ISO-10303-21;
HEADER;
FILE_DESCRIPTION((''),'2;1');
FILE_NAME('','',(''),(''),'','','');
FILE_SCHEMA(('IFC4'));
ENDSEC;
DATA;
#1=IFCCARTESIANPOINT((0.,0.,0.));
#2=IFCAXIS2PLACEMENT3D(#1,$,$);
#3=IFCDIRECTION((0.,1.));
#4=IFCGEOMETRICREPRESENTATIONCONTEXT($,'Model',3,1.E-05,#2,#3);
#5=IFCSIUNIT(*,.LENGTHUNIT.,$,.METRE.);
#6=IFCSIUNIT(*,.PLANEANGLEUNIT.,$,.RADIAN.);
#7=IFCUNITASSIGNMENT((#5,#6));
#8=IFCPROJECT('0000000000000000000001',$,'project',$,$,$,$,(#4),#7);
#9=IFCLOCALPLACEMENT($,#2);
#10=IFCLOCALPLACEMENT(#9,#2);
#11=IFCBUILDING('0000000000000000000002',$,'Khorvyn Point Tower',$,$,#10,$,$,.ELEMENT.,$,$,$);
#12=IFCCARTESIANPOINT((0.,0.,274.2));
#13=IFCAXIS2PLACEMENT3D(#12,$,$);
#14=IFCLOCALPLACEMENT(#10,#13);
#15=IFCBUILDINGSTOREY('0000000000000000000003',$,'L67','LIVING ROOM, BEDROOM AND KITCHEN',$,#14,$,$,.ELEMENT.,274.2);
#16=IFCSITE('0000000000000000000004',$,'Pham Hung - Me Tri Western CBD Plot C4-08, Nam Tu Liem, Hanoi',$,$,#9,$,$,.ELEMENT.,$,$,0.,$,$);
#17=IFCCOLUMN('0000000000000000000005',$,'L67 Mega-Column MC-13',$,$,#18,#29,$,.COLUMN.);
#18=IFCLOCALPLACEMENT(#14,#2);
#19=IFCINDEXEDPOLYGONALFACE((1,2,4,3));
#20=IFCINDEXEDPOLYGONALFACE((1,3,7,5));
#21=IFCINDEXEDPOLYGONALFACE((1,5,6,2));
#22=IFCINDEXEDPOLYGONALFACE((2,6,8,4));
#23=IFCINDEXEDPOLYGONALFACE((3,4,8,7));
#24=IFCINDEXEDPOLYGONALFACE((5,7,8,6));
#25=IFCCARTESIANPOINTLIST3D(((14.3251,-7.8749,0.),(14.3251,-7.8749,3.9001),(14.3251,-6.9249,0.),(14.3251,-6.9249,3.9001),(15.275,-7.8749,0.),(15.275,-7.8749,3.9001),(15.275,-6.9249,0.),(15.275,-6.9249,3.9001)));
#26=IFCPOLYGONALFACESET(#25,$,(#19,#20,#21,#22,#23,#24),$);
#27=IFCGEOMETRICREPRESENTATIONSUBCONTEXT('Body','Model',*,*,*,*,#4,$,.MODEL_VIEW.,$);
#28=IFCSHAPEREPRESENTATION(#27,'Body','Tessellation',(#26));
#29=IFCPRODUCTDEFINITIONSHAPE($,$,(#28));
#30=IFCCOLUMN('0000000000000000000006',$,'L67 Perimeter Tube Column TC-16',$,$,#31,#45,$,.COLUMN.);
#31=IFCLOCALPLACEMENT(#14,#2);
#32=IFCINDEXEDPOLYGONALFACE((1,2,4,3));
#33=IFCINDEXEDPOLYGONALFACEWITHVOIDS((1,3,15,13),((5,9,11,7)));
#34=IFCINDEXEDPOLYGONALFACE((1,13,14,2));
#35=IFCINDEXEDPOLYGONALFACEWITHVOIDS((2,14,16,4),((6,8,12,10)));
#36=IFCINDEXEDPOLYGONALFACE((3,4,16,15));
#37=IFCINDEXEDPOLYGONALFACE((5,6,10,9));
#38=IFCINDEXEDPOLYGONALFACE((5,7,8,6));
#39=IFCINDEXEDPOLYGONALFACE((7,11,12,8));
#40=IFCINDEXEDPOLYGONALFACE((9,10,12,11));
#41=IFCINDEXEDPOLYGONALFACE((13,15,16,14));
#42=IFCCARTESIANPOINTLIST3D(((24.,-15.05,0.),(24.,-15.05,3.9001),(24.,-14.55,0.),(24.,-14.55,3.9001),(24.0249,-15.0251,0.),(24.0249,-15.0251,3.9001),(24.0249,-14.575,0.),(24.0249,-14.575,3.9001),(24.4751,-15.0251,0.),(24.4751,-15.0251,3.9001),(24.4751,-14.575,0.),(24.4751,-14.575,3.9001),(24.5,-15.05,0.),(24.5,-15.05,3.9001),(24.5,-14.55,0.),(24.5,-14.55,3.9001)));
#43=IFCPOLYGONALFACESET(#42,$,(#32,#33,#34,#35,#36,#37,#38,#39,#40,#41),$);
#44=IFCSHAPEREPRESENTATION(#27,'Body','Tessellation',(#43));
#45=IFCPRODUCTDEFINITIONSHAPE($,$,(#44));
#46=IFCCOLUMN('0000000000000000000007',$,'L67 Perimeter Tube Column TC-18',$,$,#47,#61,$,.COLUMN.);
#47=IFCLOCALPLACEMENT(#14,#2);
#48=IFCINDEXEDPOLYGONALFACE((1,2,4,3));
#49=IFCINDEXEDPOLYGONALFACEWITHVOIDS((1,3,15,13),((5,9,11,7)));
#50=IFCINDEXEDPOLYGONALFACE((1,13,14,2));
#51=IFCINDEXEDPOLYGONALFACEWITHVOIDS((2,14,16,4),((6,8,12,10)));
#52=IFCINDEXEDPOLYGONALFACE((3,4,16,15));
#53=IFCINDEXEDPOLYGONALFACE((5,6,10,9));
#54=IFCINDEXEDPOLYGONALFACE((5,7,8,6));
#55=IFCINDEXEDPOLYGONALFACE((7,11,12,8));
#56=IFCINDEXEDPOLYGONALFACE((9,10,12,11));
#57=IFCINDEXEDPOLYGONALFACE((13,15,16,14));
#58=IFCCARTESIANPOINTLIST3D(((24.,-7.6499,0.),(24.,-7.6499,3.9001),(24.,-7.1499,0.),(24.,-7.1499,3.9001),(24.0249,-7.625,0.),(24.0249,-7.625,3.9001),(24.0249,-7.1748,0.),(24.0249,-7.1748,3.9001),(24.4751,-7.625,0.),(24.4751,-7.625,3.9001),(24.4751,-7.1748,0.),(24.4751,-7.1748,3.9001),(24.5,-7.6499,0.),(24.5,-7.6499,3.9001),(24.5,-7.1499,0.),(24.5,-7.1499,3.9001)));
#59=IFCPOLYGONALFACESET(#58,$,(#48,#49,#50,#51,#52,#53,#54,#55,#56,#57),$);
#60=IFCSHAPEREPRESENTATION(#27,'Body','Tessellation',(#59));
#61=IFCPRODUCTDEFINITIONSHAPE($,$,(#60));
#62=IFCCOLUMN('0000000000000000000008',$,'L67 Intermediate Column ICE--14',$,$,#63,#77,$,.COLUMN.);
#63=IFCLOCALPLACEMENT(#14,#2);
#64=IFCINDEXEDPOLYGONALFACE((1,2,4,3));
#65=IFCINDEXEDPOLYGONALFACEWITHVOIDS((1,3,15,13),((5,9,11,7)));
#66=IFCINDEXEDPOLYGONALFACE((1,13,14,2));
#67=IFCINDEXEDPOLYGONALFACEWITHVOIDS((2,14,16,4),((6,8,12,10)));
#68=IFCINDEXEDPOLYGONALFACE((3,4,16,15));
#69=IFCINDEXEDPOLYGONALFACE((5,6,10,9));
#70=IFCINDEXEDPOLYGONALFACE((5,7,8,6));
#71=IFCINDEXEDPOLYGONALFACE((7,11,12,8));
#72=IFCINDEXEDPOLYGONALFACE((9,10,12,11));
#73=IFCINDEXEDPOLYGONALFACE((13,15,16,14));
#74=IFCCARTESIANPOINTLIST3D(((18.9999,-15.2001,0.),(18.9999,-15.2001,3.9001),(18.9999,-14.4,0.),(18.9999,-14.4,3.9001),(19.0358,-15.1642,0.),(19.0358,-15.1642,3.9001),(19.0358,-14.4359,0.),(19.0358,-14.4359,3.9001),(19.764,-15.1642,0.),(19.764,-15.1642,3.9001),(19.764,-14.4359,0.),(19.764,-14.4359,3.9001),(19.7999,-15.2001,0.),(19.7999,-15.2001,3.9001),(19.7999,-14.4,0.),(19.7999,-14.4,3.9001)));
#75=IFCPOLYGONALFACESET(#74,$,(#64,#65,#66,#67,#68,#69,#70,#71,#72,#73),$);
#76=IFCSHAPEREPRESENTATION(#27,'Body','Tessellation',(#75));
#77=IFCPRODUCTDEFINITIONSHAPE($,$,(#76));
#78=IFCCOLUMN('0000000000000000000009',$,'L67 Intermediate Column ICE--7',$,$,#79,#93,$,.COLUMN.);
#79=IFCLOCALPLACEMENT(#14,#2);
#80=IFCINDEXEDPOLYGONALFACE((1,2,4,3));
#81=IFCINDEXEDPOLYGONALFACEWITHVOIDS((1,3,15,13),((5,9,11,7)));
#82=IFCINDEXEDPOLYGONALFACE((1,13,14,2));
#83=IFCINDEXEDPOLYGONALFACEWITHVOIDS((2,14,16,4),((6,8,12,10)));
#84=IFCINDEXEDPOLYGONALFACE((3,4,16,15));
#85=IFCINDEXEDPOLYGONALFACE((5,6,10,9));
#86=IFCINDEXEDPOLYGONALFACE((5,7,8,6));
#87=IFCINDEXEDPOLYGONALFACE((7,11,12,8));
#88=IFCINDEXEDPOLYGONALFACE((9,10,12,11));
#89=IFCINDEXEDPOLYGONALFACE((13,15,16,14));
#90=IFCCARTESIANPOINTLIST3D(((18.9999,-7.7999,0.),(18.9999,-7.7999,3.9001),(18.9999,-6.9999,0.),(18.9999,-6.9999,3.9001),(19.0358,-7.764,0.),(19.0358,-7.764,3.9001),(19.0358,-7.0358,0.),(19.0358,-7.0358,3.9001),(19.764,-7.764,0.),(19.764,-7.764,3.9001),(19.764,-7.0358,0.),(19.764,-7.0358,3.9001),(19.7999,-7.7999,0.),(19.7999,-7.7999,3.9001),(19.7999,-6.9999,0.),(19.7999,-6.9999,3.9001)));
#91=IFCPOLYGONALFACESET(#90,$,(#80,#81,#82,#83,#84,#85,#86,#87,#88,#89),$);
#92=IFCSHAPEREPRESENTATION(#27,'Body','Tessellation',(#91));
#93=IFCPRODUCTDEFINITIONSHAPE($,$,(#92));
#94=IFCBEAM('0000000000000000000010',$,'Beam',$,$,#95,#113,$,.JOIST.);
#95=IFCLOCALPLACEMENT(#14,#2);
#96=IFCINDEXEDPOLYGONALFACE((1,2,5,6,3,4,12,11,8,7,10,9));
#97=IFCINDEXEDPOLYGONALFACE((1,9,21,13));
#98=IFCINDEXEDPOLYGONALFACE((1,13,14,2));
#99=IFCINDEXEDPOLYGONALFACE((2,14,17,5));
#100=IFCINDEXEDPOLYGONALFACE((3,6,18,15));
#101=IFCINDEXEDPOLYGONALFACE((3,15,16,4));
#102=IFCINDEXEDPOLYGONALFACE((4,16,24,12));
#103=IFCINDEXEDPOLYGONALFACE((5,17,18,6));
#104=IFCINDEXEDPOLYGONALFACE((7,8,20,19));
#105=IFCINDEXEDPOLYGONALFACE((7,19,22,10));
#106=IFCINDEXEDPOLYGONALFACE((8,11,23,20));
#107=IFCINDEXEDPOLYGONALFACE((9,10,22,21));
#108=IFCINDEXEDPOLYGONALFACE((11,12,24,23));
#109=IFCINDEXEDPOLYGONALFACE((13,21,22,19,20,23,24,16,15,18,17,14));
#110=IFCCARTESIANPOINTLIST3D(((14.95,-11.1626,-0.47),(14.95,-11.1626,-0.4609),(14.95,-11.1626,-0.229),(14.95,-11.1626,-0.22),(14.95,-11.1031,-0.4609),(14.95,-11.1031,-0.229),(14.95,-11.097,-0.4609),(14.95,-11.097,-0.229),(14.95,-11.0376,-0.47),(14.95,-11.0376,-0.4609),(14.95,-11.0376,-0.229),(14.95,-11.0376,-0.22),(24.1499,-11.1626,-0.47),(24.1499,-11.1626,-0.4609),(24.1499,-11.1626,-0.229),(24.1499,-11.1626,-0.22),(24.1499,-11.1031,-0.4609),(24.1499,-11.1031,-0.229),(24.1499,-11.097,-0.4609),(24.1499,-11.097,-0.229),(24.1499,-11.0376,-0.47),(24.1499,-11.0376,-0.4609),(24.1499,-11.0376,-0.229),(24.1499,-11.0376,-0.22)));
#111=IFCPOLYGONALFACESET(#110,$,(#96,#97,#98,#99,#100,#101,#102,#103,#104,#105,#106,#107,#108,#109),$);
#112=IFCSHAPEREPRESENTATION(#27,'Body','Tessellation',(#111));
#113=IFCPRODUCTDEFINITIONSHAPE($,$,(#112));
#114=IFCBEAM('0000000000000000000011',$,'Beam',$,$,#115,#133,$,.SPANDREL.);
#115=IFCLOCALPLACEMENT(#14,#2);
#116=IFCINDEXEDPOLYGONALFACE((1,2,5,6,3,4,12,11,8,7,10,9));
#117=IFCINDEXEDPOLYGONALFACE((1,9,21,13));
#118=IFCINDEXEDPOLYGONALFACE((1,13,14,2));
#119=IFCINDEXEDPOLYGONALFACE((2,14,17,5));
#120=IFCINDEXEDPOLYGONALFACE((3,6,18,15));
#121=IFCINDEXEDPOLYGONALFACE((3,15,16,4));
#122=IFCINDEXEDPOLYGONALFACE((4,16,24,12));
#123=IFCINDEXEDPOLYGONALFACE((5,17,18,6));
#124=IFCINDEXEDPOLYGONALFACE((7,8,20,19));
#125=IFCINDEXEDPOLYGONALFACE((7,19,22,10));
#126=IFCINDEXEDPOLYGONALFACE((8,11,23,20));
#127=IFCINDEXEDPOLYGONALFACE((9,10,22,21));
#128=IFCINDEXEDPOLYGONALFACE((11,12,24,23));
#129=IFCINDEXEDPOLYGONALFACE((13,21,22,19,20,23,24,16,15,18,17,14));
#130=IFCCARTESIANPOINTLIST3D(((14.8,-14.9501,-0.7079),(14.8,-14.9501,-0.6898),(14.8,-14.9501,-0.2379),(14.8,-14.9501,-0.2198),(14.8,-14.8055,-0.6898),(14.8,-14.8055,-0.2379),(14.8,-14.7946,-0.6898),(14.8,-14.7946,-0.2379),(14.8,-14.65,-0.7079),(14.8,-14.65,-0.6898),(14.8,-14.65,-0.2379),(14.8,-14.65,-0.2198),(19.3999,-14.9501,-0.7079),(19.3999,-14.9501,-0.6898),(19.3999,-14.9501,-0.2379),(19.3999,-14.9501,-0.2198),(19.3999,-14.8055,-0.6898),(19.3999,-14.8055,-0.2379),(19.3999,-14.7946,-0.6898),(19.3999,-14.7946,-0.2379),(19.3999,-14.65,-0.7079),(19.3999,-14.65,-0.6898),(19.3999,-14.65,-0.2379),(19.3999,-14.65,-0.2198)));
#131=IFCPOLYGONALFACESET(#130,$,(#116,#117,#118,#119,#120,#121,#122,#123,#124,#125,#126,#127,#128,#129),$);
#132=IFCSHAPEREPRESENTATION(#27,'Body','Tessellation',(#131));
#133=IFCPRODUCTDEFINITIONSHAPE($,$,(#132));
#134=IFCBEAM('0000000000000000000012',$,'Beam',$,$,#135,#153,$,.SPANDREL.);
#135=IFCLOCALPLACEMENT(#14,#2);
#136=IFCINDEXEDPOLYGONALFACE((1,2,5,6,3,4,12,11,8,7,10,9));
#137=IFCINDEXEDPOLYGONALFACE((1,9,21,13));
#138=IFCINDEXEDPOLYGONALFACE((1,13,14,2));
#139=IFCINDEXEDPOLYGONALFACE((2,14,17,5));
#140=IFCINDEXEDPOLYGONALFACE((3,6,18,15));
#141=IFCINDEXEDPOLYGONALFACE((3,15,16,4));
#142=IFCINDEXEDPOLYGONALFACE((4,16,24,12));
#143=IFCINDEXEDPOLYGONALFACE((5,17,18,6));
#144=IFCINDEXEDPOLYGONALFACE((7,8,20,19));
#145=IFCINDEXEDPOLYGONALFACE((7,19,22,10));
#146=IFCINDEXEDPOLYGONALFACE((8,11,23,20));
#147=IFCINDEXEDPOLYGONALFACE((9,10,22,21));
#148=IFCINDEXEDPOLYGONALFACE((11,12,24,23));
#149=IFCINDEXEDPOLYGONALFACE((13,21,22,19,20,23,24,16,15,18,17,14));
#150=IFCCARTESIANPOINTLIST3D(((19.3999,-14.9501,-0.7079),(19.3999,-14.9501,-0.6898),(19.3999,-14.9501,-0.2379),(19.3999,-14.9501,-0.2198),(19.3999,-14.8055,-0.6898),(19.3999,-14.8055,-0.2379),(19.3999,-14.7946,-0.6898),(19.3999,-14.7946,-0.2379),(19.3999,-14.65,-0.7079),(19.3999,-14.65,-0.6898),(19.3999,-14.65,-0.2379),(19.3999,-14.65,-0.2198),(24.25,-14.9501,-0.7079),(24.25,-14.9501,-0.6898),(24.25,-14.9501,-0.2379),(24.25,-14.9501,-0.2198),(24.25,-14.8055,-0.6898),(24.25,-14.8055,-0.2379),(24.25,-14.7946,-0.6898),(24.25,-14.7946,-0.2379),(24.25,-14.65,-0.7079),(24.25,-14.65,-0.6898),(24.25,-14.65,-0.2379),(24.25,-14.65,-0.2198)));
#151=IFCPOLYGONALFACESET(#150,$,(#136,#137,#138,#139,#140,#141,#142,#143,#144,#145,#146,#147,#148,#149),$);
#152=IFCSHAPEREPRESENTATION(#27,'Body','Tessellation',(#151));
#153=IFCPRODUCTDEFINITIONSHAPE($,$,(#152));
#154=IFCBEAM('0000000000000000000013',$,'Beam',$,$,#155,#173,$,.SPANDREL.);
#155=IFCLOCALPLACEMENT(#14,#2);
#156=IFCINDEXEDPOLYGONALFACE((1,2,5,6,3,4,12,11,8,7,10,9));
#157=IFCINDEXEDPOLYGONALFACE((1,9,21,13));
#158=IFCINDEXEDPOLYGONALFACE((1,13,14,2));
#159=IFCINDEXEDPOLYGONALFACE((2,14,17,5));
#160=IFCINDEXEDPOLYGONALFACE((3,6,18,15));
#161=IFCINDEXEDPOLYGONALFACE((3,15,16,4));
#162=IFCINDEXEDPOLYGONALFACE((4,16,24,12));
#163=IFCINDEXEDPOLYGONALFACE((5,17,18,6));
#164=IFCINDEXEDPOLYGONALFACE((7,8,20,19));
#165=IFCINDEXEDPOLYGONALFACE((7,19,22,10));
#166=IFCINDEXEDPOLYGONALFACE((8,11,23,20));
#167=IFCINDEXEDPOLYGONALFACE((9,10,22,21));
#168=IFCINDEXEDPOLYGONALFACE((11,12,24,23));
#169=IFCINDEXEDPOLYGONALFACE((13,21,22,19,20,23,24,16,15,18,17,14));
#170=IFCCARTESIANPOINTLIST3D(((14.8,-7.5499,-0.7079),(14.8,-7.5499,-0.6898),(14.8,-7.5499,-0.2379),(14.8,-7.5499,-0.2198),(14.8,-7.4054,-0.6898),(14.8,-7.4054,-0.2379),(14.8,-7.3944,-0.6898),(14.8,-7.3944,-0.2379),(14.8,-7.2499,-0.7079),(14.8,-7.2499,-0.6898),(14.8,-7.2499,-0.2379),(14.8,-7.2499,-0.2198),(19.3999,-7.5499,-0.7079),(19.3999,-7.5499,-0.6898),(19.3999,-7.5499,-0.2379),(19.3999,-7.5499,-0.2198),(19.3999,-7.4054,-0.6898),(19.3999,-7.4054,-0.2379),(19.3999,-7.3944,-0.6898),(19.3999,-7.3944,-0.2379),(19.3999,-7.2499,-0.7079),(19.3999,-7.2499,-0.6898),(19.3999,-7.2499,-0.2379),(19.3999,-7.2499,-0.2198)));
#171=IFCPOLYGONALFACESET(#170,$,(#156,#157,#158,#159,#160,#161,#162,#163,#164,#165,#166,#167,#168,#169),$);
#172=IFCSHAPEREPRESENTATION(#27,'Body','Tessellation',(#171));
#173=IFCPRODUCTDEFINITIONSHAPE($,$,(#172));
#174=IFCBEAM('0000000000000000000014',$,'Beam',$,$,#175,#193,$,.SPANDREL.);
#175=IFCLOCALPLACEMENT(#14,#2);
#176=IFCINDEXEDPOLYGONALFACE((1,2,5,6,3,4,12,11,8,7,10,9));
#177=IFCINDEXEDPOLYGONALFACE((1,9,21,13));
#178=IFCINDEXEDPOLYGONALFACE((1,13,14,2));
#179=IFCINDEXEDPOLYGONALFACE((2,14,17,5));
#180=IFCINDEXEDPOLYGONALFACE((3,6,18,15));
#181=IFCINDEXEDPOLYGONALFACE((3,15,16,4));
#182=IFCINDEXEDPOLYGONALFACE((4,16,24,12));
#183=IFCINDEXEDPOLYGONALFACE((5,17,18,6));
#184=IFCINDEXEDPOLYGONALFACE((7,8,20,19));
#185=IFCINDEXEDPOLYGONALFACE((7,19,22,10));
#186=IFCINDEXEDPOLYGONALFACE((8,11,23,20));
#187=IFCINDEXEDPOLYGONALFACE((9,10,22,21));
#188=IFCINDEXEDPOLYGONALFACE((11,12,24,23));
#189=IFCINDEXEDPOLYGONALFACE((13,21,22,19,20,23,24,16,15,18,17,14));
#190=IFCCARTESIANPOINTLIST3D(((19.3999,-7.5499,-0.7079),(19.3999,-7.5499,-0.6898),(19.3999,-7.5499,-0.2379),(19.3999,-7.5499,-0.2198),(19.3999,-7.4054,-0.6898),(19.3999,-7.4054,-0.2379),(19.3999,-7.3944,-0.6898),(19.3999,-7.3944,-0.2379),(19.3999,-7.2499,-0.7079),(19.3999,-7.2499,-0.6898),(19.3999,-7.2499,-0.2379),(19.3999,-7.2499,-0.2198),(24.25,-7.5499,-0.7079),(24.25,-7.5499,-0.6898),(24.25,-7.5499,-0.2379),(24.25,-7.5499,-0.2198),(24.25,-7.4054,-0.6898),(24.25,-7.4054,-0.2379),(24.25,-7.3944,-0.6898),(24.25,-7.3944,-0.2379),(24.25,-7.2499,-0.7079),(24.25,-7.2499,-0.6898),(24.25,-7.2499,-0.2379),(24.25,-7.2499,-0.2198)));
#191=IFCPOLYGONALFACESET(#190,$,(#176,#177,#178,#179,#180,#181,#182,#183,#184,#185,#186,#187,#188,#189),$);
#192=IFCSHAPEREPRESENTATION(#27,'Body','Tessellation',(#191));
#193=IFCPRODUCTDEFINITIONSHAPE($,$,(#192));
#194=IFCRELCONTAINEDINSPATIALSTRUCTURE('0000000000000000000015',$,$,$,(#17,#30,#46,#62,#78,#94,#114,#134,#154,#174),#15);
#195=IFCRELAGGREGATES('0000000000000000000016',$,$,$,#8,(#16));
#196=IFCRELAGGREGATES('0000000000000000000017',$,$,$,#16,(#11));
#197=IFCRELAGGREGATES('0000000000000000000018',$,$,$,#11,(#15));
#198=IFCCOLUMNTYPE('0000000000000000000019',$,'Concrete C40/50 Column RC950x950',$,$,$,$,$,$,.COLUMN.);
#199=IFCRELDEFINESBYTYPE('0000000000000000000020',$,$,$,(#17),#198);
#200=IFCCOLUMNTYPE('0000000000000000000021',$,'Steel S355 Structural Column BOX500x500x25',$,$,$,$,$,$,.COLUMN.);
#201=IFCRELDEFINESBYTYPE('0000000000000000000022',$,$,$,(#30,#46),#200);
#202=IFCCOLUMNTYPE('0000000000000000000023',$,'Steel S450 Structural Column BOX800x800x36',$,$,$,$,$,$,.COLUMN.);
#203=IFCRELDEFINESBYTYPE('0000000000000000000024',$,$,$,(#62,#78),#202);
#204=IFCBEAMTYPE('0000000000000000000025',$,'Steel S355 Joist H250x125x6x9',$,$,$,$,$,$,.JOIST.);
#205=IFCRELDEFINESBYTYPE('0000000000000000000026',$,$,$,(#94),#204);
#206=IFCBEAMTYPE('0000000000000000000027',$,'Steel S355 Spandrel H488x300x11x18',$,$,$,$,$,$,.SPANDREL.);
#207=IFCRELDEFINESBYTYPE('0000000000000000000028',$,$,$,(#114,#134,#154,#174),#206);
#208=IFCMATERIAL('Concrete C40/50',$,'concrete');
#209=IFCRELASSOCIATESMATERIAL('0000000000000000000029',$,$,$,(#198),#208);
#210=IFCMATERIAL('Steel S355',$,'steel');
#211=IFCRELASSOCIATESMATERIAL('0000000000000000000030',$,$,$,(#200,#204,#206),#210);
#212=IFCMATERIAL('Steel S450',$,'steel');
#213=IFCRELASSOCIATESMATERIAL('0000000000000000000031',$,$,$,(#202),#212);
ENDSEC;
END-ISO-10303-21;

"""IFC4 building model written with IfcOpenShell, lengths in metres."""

from ifc_helpers import new_model, si_unit, direction, frame, origin, origin_2d, place, context, subcontext, project, spatial, rectangle, hollow_rectangle, i_section, extrude, material, material_profile, profile_set, type_object, element, save


model = new_model("IFC4")

# Units and contexts
model_context = context("Model", 3, precision=1e-05, world=origin(), true_north=direction((0.0, 1.0)))
body_context = subcontext(model_context, "Body", "Model", "MODEL_VIEW")
ifc_project = project(units=[si_unit("LENGTHUNIT", "METRE"), si_unit("PLANEANGLEUNIT", "RADIAN")], contexts=[model_context])

# Site, building, storey
site_placement = place(None, origin())
site = spatial("IfcSite", under=ifc_project, at=site_placement, Name="Pham Hung - Me Tri Western CBD Plot C4-08, Nam Tu Liem, Hanoi", CompositionType="ELEMENT", RefElevation=0.0)
building_placement = place(site_placement, origin())
building = spatial("IfcBuilding", under=site, at=building_placement, Name="Khorvyn Point Tower", CompositionType="ELEMENT")
storey_placement = place(building_placement, frame((0.0, 0.0, 274.2)))
storey = spatial("IfcBuildingStorey", under=building, at=storey_placement, Name="L67", Description="LIVING ROOM, BEDROOM AND KITCHEN", CompositionType="ELEMENT", Elevation=274.2)

# Columns
ifc_material_1 = material(Name="Concrete C40/50", Category="concrete")
ifc_material_profile_1 = material_profile(ifc_material_1, rectangle(XDim=0.95, YDim=0.95, at=origin_2d()))
ifc_profile_set_1 = profile_set([ifc_material_profile_1], Name="Concrete C40/50 RC950x950")
column_type_1 = type_object("IfcColumnType", Name="Concrete C40/50 Column RC950x950", PredefinedType="COLUMN", material=ifc_profile_set_1)
column_placement = place(storey_placement, frame((14.8, -7.3999, 0.0), z_axis=(0.0, 0.0, 1.0), x_axis=(1.0, 0.0, 0.0)))
element("IfcColumn", 1, at=column_placement, inside=storey, type_object=column_type_1, Name="L67 Mega-Column MC-13", PredefinedType="COLUMN", context=body_context, shape_type="SweptSolid", body=[
    extrude(rectangle(XDim=0.95, YDim=0.95, at=origin_2d()), origin(), (0.0, 0.0, 1.0), 3.9001),
])
ifc_material_2 = material(Name="Steel S355", Category="steel")
ifc_material_profile_2 = material_profile(ifc_material_2, hollow_rectangle(XDim=0.5, YDim=0.5, WallThickness=0.0249, at=origin_2d()))
ifc_profile_set_2 = profile_set([ifc_material_profile_2], Name="Steel S355 BOX500x500x25")
column_type_2 = type_object("IfcColumnType", Name="Steel S355 Structural Column BOX500x500x25", PredefinedType="COLUMN", material=ifc_profile_set_2)
for number, where, z_axis, x_axis, name in (
    (2, (24.25, -14.8, 0.0), (0.0, 0.0, 1.0), (1.0, 0.0, 0.0), "L67 Perimeter Tube Column TC-16"),
    (3, (24.25, -7.3999, 0.0), (0.0, 0.0, 1.0), (1.0, 0.0, 0.0), "L67 Perimeter Tube Column TC-18"),
):
    element("IfcColumn", number, at=place(storey_placement, frame(where, z_axis=z_axis, x_axis=x_axis)), inside=storey, type_object=column_type_2, Name=name, PredefinedType="COLUMN", context=body_context, shape_type="SweptSolid", body=[
        extrude(hollow_rectangle(XDim=0.5, YDim=0.5, WallThickness=0.0249, at=origin_2d()), origin(), (0.0, 0.0, 1.0), 3.9001),
    ])
ifc_material_3 = material(Name="Steel S450", Category="steel")
ifc_material_profile_3 = material_profile(ifc_material_3, hollow_rectangle(XDim=0.8, YDim=0.8, WallThickness=0.0359, at=origin_2d()))
ifc_profile_set_3 = profile_set([ifc_material_profile_3], Name="Steel S450 BOX800x800x36")
column_type_3 = type_object("IfcColumnType", Name="Steel S450 Structural Column BOX800x800x36", PredefinedType="COLUMN", material=ifc_profile_set_3)
for number, where, z_axis, x_axis, name in (
    (4, (19.3999, -14.8, 0.0), (0.0, 0.0, 1.0), (1.0, 0.0, 0.0), "L67 Intermediate Column ICE--14"),
    (5, (19.3999, -7.3999, 0.0), (0.0, 0.0, 1.0), (1.0, 0.0, 0.0), "L67 Intermediate Column ICE--7"),
):
    element("IfcColumn", number, at=place(storey_placement, frame(where, z_axis=z_axis, x_axis=x_axis)), inside=storey, type_object=column_type_3, Name=name, PredefinedType="COLUMN", context=body_context, shape_type="SweptSolid", body=[
        extrude(hollow_rectangle(XDim=0.8, YDim=0.8, WallThickness=0.0359, at=origin_2d()), origin(), (0.0, 0.0, 1.0), 3.9001),
    ])

# Beams
ifc_material_profile_4 = material_profile(ifc_material_2, i_section(OverallWidth=0.125, OverallDepth=0.25, WebThickness=0.0061, FlangeThickness=0.009, at=origin_2d()))
ifc_profile_set_4 = profile_set([ifc_material_profile_4], Name="Steel S355 H250x125x6x9")
beam_type_1 = type_object("IfcBeamType", Name="Steel S355 Joist H250x125x6x9", PredefinedType="JOIST", material=ifc_profile_set_4)
beam_1_placement = place(storey_placement, frame((14.95, -11.1001, -0.345), z_axis=(1.0, 0.0, 0.0), x_axis=(0.0, 1.0, 0.0)))
element("IfcBeam", 6, at=beam_1_placement, inside=storey, type_object=beam_type_1, Name="Beam", PredefinedType="JOIST", context=body_context, shape_type="SweptSolid", body=[
    extrude(i_section(OverallWidth=0.125, OverallDepth=0.25, WebThickness=0.0061, FlangeThickness=0.009, at=origin_2d()), origin(), (0.0, 0.0, 1.0), 9.2),
])
ifc_material_profile_5 = material_profile(ifc_material_2, i_section(OverallWidth=0.3, OverallDepth=0.488, WebThickness=0.011, FlangeThickness=0.0181, at=origin_2d()))
ifc_profile_set_5 = profile_set([ifc_material_profile_5], Name="Steel S355 H488x300x11x18")
beam_type_2 = type_object("IfcBeamType", Name="Steel S355 Spandrel H488x300x11x18", PredefinedType="SPANDREL", material=ifc_profile_set_5)
beam_2_placement = place(storey_placement, frame((14.8, -14.8, -0.4639), z_axis=(1.0, 0.0, 0.0), x_axis=(0.0, 1.0, 0.0)))
element("IfcBeam", 7, at=beam_2_placement, inside=storey, type_object=beam_type_2, Name="Beam", PredefinedType="SPANDREL", context=body_context, shape_type="SweptSolid", body=[
    extrude(i_section(OverallWidth=0.3, OverallDepth=0.488, WebThickness=0.011, FlangeThickness=0.0181, at=origin_2d()), origin(), (0.0, 0.0, 1.0), 4.5999),
])
beam_3_placement = place(storey_placement, frame((19.3999, -14.8, -0.4639), z_axis=(1.0, 0.0, 0.0), x_axis=(0.0, 1.0, 0.0)))
element("IfcBeam", 8, at=beam_3_placement, inside=storey, type_object=beam_type_2, Name="Beam", PredefinedType="SPANDREL", context=body_context, shape_type="SweptSolid", body=[
    extrude(i_section(OverallWidth=0.3, OverallDepth=0.488, WebThickness=0.011, FlangeThickness=0.0181, at=origin_2d()), origin(), (0.0, 0.0, 1.0), 4.8501),
])
beam_4_placement = place(storey_placement, frame((14.8, -7.3999, -0.4639), z_axis=(1.0, 0.0, 0.0), x_axis=(0.0, 1.0, 0.0)))
element("IfcBeam", 9, at=beam_4_placement, inside=storey, type_object=beam_type_2, Name="Beam", PredefinedType="SPANDREL", context=body_context, shape_type="SweptSolid", body=[
    extrude(i_section(OverallWidth=0.3, OverallDepth=0.488, WebThickness=0.011, FlangeThickness=0.0181, at=origin_2d()), origin(), (0.0, 0.0, 1.0), 4.5999),
])
beam_5_placement = place(storey_placement, frame((19.3999, -7.3999, -0.4639), z_axis=(1.0, 0.0, 0.0), x_axis=(0.0, 1.0, 0.0)))
element("IfcBeam", 10, at=beam_5_placement, inside=storey, type_object=beam_type_2, Name="Beam", PredefinedType="SPANDREL", context=body_context, shape_type="SweptSolid", body=[
    extrude(i_section(OverallWidth=0.3, OverallDepth=0.488, WebThickness=0.011, FlangeThickness=0.0181, at=origin_2d()), origin(), (0.0, 0.0, 1.0), 4.8501),
])

save(model, "model.ifc")
